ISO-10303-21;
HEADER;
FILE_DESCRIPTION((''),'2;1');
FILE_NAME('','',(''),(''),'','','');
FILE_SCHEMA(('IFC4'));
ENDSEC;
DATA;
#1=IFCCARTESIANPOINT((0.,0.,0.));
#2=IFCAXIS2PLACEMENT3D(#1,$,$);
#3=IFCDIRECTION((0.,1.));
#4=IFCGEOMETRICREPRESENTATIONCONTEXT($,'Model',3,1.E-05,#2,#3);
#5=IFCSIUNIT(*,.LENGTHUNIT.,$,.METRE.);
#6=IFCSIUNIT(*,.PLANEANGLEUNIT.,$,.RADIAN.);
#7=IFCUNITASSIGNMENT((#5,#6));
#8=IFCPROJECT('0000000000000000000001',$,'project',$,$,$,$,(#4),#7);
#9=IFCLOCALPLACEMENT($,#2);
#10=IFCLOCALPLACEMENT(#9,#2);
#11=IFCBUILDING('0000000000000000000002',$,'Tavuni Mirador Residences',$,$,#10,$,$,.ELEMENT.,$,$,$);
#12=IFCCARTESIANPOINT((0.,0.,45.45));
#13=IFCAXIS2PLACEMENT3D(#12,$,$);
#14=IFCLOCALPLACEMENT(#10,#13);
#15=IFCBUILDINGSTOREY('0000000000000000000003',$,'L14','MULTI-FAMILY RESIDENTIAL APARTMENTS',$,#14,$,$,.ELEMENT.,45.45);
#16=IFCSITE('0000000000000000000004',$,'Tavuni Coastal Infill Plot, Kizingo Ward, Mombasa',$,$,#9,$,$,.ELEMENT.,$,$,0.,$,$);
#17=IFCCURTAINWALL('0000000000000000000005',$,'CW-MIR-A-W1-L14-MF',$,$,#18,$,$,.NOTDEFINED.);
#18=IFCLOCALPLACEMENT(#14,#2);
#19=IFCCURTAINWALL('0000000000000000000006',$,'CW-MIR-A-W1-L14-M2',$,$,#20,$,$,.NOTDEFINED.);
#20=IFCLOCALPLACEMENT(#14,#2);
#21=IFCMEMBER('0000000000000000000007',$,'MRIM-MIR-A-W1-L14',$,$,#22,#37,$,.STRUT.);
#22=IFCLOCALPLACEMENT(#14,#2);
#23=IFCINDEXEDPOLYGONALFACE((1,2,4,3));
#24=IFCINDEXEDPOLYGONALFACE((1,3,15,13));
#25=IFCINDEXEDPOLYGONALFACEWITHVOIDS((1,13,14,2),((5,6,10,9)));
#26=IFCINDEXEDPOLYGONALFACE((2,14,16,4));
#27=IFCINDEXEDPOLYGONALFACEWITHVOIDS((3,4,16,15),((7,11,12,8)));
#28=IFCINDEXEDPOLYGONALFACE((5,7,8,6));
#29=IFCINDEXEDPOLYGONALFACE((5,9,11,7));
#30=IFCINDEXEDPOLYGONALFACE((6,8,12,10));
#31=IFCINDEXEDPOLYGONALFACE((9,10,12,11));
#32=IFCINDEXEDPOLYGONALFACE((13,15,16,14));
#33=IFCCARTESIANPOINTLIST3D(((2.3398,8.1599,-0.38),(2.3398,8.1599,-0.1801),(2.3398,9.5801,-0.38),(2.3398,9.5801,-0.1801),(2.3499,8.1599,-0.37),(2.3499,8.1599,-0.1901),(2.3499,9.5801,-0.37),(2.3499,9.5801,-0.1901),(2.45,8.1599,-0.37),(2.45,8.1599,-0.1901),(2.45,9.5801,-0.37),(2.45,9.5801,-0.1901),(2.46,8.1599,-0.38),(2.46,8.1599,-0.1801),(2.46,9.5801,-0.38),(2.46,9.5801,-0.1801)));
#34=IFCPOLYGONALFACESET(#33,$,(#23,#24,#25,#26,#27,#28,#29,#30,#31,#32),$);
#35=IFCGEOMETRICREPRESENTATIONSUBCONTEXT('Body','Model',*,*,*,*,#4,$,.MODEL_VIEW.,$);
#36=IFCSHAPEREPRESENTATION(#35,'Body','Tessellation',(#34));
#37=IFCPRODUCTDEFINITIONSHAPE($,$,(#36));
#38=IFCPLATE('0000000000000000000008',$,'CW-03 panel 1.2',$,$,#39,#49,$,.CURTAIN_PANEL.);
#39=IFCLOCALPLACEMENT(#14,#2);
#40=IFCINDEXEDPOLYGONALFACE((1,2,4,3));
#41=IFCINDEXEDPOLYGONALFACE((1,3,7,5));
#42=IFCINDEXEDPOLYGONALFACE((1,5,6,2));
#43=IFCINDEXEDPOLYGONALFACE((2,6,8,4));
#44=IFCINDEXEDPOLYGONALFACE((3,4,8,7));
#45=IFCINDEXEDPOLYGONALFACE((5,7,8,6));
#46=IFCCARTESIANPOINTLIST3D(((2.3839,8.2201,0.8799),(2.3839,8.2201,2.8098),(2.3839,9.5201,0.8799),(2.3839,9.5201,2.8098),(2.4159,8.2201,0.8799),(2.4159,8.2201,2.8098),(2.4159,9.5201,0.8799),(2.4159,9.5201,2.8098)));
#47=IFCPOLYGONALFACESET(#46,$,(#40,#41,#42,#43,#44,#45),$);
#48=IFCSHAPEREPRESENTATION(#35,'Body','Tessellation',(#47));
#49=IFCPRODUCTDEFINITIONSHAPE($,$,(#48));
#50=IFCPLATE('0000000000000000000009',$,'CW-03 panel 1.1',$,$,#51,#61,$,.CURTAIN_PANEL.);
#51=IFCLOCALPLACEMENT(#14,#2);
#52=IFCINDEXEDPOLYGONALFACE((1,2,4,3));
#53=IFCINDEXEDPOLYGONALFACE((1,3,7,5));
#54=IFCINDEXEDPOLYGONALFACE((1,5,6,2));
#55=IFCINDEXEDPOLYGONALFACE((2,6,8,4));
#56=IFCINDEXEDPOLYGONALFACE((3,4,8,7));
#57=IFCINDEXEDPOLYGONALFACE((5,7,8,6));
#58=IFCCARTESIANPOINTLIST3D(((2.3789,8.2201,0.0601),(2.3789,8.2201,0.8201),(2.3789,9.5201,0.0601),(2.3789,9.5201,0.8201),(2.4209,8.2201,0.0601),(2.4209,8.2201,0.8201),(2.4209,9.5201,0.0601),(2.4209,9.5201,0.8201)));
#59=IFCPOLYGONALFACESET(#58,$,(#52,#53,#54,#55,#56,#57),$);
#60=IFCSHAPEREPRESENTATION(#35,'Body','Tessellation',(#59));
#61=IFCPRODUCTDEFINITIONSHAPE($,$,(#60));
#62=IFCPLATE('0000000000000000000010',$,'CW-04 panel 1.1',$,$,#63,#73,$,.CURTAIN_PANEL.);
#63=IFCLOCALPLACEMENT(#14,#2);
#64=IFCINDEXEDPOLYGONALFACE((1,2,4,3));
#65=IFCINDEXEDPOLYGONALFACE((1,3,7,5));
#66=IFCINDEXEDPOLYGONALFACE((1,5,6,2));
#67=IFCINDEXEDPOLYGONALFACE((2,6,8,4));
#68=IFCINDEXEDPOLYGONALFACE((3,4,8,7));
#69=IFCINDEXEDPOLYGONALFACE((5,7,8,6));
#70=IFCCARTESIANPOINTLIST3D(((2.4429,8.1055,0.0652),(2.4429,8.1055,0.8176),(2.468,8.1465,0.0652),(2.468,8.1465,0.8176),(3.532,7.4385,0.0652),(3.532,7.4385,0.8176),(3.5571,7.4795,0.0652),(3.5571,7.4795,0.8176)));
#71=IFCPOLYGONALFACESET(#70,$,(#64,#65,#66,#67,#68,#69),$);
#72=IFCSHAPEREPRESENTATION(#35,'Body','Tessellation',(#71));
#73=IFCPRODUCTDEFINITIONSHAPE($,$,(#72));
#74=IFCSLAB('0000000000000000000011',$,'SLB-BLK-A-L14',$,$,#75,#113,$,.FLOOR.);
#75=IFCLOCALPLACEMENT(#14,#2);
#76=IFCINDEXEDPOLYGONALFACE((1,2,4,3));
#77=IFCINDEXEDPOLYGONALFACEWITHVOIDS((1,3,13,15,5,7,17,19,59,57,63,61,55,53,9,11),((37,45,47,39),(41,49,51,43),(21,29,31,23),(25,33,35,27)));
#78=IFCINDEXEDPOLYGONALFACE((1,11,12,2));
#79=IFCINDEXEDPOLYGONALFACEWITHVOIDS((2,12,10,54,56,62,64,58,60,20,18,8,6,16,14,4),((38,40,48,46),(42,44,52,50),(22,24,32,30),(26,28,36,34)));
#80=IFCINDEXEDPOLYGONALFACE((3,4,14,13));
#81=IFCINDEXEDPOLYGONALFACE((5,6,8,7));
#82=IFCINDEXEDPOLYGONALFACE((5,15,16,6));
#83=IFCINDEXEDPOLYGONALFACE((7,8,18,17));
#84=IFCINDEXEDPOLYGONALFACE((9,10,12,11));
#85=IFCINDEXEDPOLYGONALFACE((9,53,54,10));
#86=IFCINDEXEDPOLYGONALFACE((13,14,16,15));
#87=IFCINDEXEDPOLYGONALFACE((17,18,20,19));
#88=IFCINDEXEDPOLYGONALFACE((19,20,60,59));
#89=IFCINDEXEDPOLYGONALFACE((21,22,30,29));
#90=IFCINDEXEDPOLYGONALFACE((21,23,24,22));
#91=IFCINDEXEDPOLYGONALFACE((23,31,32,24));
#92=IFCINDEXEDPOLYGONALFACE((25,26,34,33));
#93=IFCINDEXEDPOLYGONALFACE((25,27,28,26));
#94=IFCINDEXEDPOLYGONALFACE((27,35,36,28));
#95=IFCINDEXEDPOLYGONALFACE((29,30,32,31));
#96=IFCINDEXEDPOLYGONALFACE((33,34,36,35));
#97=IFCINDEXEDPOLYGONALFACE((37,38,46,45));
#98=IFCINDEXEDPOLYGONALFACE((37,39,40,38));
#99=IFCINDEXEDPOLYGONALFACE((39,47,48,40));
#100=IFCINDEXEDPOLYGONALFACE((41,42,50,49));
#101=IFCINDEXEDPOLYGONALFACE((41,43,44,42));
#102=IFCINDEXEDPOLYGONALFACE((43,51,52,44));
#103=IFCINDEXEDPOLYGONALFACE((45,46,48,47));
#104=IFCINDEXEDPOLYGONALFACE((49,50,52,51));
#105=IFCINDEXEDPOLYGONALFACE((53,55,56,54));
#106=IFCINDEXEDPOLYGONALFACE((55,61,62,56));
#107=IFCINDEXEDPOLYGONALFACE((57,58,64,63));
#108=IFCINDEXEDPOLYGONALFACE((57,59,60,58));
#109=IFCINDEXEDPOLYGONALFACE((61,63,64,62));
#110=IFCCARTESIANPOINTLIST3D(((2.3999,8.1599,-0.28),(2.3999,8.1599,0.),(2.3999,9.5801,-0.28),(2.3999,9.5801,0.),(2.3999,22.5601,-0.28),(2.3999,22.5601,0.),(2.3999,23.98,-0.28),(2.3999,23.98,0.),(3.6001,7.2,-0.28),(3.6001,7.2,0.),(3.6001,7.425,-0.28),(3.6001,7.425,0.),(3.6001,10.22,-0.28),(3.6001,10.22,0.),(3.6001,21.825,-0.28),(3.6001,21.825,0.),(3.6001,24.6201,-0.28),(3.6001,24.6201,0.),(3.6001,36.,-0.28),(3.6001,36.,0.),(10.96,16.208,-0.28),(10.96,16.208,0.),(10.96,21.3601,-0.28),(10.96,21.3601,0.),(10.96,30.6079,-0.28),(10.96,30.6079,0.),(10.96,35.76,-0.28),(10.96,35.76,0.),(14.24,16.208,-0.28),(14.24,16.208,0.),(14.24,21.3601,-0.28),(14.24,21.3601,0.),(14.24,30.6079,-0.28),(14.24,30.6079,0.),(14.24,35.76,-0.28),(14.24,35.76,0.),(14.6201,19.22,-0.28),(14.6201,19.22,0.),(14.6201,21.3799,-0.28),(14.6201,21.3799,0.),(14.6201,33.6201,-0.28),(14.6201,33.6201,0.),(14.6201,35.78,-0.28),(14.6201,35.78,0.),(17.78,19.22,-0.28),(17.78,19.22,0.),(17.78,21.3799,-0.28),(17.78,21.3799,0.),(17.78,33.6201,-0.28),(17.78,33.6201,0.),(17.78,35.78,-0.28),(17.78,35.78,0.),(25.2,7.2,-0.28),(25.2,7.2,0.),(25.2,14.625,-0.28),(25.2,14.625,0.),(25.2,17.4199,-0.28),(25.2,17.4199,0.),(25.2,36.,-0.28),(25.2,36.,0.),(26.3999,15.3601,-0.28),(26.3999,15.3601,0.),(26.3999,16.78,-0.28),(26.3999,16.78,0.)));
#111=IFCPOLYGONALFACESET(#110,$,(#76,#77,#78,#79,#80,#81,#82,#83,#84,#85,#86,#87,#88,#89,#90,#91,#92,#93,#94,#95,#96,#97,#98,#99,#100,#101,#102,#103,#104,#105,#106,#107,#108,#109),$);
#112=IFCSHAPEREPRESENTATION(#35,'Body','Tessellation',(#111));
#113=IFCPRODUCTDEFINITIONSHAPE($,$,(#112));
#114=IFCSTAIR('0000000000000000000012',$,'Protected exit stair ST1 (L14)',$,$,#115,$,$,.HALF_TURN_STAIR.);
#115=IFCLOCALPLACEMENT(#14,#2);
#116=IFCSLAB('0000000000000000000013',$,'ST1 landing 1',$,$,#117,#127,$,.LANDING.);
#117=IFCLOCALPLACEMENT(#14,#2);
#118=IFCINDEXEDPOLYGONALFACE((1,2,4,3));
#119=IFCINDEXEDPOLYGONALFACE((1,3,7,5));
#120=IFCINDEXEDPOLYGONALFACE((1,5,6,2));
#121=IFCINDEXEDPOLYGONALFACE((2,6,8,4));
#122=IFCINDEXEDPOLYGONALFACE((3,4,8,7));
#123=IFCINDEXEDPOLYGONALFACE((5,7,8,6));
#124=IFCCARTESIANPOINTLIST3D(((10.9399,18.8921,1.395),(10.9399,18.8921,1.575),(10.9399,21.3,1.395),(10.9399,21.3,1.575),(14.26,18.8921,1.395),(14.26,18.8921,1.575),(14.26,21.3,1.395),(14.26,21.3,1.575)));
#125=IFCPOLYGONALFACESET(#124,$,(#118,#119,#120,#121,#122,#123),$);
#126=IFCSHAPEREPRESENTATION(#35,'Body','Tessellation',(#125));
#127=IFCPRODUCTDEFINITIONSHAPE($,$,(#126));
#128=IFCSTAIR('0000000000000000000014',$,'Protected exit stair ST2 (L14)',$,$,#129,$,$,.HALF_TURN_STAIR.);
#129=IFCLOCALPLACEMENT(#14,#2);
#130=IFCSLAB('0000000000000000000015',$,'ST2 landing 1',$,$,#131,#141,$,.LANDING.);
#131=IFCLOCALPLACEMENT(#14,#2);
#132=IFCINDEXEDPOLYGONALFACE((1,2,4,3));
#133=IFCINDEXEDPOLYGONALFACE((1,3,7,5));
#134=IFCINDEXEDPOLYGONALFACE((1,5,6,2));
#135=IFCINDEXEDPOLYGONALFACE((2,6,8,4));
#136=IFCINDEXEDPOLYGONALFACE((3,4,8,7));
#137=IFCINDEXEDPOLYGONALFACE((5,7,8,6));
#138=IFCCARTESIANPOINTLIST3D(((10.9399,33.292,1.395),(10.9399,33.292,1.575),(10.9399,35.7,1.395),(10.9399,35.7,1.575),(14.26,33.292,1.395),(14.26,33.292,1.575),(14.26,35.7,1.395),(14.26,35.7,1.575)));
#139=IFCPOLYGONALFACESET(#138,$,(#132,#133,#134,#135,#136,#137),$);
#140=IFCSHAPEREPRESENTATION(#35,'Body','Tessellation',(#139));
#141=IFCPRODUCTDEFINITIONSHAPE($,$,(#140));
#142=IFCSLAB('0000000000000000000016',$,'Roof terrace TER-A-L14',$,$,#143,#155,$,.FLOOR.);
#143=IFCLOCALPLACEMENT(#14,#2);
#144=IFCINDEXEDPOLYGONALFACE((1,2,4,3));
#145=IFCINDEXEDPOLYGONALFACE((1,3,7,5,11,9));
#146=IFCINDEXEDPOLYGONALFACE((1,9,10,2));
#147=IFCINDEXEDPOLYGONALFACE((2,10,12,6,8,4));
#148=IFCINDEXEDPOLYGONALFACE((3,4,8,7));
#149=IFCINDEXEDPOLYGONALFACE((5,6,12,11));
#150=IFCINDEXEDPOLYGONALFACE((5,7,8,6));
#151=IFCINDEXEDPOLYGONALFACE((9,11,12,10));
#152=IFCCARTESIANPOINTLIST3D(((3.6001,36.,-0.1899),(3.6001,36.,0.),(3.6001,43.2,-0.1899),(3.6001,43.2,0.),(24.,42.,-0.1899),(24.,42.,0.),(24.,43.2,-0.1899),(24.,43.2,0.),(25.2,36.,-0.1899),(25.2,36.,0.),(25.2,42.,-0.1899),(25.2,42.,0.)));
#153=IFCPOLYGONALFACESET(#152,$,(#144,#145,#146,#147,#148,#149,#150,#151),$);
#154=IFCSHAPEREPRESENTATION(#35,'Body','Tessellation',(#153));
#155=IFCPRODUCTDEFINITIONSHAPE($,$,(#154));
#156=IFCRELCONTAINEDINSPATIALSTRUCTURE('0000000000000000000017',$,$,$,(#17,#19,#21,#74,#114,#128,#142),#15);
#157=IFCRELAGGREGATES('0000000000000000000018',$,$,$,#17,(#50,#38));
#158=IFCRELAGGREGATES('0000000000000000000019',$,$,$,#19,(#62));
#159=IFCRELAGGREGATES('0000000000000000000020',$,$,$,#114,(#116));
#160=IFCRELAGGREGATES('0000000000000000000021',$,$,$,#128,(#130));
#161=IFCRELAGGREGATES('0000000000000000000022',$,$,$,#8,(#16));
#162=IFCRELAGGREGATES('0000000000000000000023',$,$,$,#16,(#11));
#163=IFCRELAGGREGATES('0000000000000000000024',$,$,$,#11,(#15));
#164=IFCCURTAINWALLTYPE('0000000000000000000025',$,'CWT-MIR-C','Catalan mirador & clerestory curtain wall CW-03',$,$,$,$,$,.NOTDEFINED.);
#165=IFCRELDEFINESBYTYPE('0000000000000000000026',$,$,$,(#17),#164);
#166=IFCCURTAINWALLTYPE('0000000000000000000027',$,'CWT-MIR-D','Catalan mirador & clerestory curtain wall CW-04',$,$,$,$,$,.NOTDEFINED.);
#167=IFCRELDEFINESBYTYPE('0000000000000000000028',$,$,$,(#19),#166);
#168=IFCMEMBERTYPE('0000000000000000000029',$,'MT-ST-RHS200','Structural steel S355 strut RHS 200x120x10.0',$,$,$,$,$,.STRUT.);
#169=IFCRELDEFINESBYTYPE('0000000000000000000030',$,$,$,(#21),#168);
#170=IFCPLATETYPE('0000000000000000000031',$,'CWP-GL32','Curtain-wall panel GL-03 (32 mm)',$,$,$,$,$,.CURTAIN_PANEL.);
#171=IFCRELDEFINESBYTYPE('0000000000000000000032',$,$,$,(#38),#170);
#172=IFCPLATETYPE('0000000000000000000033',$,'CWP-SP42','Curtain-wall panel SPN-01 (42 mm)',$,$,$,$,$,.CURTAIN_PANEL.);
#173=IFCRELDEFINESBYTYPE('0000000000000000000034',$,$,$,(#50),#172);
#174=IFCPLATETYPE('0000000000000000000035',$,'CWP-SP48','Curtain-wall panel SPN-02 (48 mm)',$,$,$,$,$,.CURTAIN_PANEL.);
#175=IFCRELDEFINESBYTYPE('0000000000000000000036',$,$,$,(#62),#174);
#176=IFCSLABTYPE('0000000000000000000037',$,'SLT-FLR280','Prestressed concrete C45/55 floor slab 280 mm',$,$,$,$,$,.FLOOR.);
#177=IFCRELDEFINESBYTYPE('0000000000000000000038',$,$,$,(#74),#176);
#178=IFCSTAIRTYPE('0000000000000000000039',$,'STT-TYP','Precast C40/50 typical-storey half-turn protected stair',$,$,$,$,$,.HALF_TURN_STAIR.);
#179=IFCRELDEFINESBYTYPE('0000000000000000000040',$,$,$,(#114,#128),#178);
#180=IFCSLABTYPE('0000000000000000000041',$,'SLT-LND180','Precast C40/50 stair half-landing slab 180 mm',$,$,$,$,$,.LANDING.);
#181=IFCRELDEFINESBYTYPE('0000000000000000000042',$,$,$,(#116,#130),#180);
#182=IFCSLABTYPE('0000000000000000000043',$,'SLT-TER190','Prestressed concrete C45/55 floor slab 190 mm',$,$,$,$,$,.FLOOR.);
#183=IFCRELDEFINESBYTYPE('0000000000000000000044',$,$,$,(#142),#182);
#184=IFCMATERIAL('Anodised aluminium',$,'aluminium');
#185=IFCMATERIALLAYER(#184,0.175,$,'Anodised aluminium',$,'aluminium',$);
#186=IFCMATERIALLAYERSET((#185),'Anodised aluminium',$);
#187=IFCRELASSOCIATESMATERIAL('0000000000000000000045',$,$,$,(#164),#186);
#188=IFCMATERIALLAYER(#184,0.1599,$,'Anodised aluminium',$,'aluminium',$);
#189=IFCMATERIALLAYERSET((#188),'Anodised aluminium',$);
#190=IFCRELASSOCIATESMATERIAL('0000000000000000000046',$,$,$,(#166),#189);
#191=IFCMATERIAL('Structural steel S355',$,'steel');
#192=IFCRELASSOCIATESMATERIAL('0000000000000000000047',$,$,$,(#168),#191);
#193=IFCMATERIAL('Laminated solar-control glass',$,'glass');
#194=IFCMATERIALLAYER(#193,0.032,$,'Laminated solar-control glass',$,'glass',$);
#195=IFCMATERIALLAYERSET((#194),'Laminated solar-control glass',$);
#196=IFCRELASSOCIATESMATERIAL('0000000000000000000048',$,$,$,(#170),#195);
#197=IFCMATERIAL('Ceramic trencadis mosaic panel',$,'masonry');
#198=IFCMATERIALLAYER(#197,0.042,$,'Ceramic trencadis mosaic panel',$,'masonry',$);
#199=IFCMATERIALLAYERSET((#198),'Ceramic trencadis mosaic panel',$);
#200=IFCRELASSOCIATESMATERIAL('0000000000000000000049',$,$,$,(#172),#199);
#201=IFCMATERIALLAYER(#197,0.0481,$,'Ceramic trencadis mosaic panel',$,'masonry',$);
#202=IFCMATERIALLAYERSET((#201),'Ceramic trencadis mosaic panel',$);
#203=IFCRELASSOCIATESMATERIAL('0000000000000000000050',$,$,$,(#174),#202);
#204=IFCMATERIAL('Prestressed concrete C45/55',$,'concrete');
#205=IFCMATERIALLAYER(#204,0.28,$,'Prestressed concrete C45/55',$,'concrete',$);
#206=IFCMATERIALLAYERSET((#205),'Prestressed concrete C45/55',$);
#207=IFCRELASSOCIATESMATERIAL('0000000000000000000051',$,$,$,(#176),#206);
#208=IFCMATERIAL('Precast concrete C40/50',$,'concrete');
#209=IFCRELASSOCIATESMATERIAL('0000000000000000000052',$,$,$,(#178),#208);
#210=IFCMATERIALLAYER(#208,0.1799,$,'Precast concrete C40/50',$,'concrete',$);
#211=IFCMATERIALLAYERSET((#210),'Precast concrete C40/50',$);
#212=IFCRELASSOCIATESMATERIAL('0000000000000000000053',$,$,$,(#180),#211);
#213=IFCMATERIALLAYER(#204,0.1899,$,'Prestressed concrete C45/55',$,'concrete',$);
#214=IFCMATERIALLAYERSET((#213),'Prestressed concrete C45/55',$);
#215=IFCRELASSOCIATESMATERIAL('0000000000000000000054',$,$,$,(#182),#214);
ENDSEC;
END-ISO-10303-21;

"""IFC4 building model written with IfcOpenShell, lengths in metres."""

from ifc_helpers import new_model, si_unit, direction, frame, origin, origin_2d, place, context, subcontext, project, spatial, polyline, rectangle, hollow_rectangle, outline, extrude, material, layer, layer_set, material_profile, profile_set, type_object, element, aggregate, save


model = new_model("IFC4")

# Units and contexts
model_context = context("Model", 3, precision=1e-05, world=origin(), true_north=direction((0.0, 1.0)))
body_context = subcontext(model_context, "Body", "Model", "MODEL_VIEW")
ifc_project = project(units=[si_unit("LENGTHUNIT", "METRE"), si_unit("PLANEANGLEUNIT", "RADIAN")], contexts=[model_context])

# Site, building, storey
site_placement = place(None, origin())
site = spatial("IfcSite", under=ifc_project, at=site_placement, Name="Tavuni Coastal Infill Plot, Kizingo Ward, Mombasa", CompositionType="ELEMENT", RefElevation=0.0)
building_placement = place(site_placement, origin())
building = spatial("IfcBuilding", under=site, at=building_placement, Name="Tavuni Mirador Residences", CompositionType="ELEMENT")
storey_placement = place(building_placement, frame((0.0, 0.0, 45.45)))
storey = spatial("IfcBuildingStorey", under=building, at=storey_placement, Name="L14", Description="MULTI-FAMILY RESIDENTIAL APARTMENTS", CompositionType="ELEMENT", Elevation=45.45)

# Curtain wall
ifc_material_1 = material(Name="Anodised aluminium", Category="aluminium")
ifc_layer_1 = layer(ifc_material_1, 0.175, Name="Anodised aluminium", Category="aluminium")
ifc_layer_set_1 = layer_set([ifc_layer_1], Name="Anodised aluminium")
curtain_wall_type_1 = type_object("IfcCurtainWallType", Name="CWT-MIR-C", Description="Catalan mirador & clerestory curtain wall CW-03", PredefinedType="NOTDEFINED", material=ifc_layer_set_1)
curtain_wall_1_placement = place(storey_placement, origin())
curtain_wall_1 = element("IfcCurtainWall", 1, at=curtain_wall_1_placement, inside=storey, type_object=curtain_wall_type_1, Name="CW-MIR-A-W1-L14-MF", PredefinedType="NOTDEFINED")

# Curtain wall
ifc_layer_2 = layer(ifc_material_1, 0.1599, Name="Anodised aluminium", Category="aluminium")
ifc_layer_set_2 = layer_set([ifc_layer_2], Name="Anodised aluminium")
curtain_wall_type_2 = type_object("IfcCurtainWallType", Name="CWT-MIR-D", Description="Catalan mirador & clerestory curtain wall CW-04", PredefinedType="NOTDEFINED", material=ifc_layer_set_2)
curtain_wall_2_placement = place(storey_placement, origin())
curtain_wall_2 = element("IfcCurtainWall", 2, at=curtain_wall_2_placement, inside=storey, type_object=curtain_wall_type_2, Name="CW-MIR-A-W1-L14-M2", PredefinedType="NOTDEFINED")

# Member
ifc_material_2 = material(Name="Structural steel S355", Category="steel")
ifc_material_profile_1 = material_profile(ifc_material_2, hollow_rectangle(XDim=0.1201, YDim=0.2, WallThickness=0.01, at=origin_2d()), Name="RHS 200x120x10.0", Category="steel")
ifc_profile_set_1 = profile_set([ifc_material_profile_1], Name="Structural steel S355")
member_type_1 = type_object("IfcMemberType", Name="MT-ST-RHS200", Description="Structural steel S355 strut RHS 200x120x10.0", PredefinedType="STRUT", material=ifc_profile_set_1)
member_1_placement = place(storey_placement, frame((2.3999, 8.1599, -0.28), z_axis=(0.0, 1.0, 0.0), x_axis=(-1.0, 0.0, 0.0)))
element("IfcMember", 3, at=member_1_placement, inside=storey, type_object=member_type_1, Name="MRIM-MIR-A-W1-L14", PredefinedType="STRUT", context=body_context, shape_type="SweptSolid", body=[
    extrude(hollow_rectangle(XDim=0.1201, YDim=0.2, WallThickness=0.01, at=origin_2d()), origin(), (0.0, 0.0, 1.0), 1.4202),
])

# Plates
ifc_material_3 = material(Name="Laminated solar-control glass", Category="glass")
ifc_layer_3 = layer(ifc_material_3, 0.032, Name="Laminated solar-control glass", Category="glass")
ifc_layer_set_3 = layer_set([ifc_layer_3], Name="Laminated solar-control glass")
plate_type_1 = type_object("IfcPlateType", Name="CWP-GL32", Description="Curtain-wall panel GL-03 (32 mm)", PredefinedType="CURTAIN_PANEL", material=ifc_layer_set_3)
plate_1_placement = place(storey_placement, frame((2.3999, 8.8701, 0.8799), z_axis=(0.0, 0.0, 1.0), x_axis=(0.0, -1.0, 0.0)))
plate_1 = element("IfcPlate", 4, at=plate_1_placement, type_object=plate_type_1, Name="CW-03 panel 1.2", PredefinedType="CURTAIN_PANEL", context=body_context, shape_type="SweptSolid", body=[
    extrude(rectangle(XDim=1.3, YDim=0.032, at=origin_2d()), origin(), (0.0, 0.0, 1.0), 1.9299),
])
ifc_material_4 = material(Name="Ceramic trencadis mosaic panel", Category="masonry")
ifc_layer_4 = layer(ifc_material_4, 0.042, Name="Ceramic trencadis mosaic panel", Category="masonry")
ifc_layer_set_4 = layer_set([ifc_layer_4], Name="Ceramic trencadis mosaic panel")
plate_type_2 = type_object("IfcPlateType", Name="CWP-SP42", Description="Curtain-wall panel SPN-01 (42 mm)", PredefinedType="CURTAIN_PANEL", material=ifc_layer_set_4)
plate_2_placement = place(storey_placement, frame((2.3999, 8.8701, 0.0601), z_axis=(0.0, 0.0, 1.0), x_axis=(0.0, -1.0, 0.0)))
plate_2 = element("IfcPlate", 5, at=plate_2_placement, type_object=plate_type_2, Name="CW-03 panel 1.1", PredefinedType="CURTAIN_PANEL", context=body_context, shape_type="SweptSolid", body=[
    extrude(rectangle(XDim=1.3, YDim=0.042, at=origin_2d()), origin(), (0.0, 0.0, 1.0), 0.76),
])
aggregate(curtain_wall_1, [plate_2, plate_1])
ifc_layer_5 = layer(ifc_material_4, 0.0481, Name="Ceramic trencadis mosaic panel", Category="masonry")
ifc_layer_set_5 = layer_set([ifc_layer_5], Name="Ceramic trencadis mosaic panel")
plate_type_3 = type_object("IfcPlateType", Name="CWP-SP48", Description="Curtain-wall panel SPN-02 (48 mm)", PredefinedType="CURTAIN_PANEL", material=ifc_layer_set_5)
plate_3_placement = place(storey_placement, frame((3.0, 7.7925, 0.0652), z_axis=(0.0, 0.0, 1.0), x_axis=(0.852754, -0.522312, 0.0)))
plate_3 = element("IfcPlate", 6, at=plate_3_placement, type_object=plate_type_3, Name="CW-04 panel 1.1", PredefinedType="CURTAIN_PANEL", context=body_context, shape_type="SweptSolid", body=[
    extrude(rectangle(XDim=1.2771, YDim=0.0481, at=origin_2d()), origin(), (0.0, 0.0, 1.0), 0.7524),
])
aggregate(curtain_wall_2, [plate_3])

# Slab
ifc_material_5 = material(Name="Prestressed concrete C45/55", Category="concrete")
ifc_layer_6 = layer(ifc_material_5, 0.28, Name="Prestressed concrete C45/55", Category="concrete")
ifc_layer_set_6 = layer_set([ifc_layer_6], Name="Prestressed concrete C45/55")
slab_type_1 = type_object("IfcSlabType", Name="SLT-FLR280", Description="Prestressed concrete C45/55 floor slab 280 mm", PredefinedType="FLOOR", material=ifc_layer_set_6)
slab_1_placement = place(storey_placement, frame((0.0, 0.0, -0.28)))
element("IfcSlab", 7, at=slab_1_placement, inside=storey, type_object=slab_type_1, Name="SLB-BLK-A-L14", PredefinedType="FLOOR", context=body_context, shape_type="SweptSolid", body=[
    extrude(outline(polyline([(3.6001, 7.2), (25.2, 7.2), (25.2, 14.625), (26.3999, 15.3601), (26.3999, 16.78), (25.2, 17.4199), (25.2, 36.0), (3.6001, 36.0), (3.6001, 24.6201), (2.3999, 23.98), (2.3999, 22.5601), (3.6001, 21.825), (3.6001, 10.22), (2.3999, 9.5801), (2.3999, 8.1599), (3.6001, 7.425), (3.6001, 7.2)]), holes=[polyline([(10.96, 16.208), (14.24, 16.208), (14.24, 21.3601), (10.96, 21.3601), (10.96, 16.208)]), polyline([(14.6201, 19.22), (17.78, 19.22), (17.78, 21.3799), (14.6201, 21.3799), (14.6201, 19.22)]), polyline([(10.96, 30.6079), (14.24, 30.6079), (14.24, 35.76), (10.96, 35.76), (10.96, 30.6079)]), polyline([(14.6201, 33.6201), (17.78, 33.6201), (17.78, 35.78), (14.6201, 35.78), (14.6201, 33.6201)])]), origin(), (0.0, 0.0, 1.0), 0.28),
])

# Stairs, slabs
ifc_material_6 = material(Name="Precast concrete C40/50", Category="concrete")
stair_type = type_object("IfcStairType", Name="STT-TYP", Description="Precast C40/50 typical-storey half-turn protected stair", PredefinedType="HALF_TURN_STAIR", material=ifc_material_6)
stair_1_placement = place(storey_placement, origin())
stair_1 = element("IfcStair", 8, at=stair_1_placement, inside=storey, type_object=stair_type, Name="Protected exit stair ST1 (L14)", PredefinedType="HALF_TURN_STAIR")
ifc_layer_7 = layer(ifc_material_6, 0.1799, Name="Precast concrete C40/50", Category="concrete")
ifc_layer_set_7 = layer_set([ifc_layer_7], Name="Precast concrete C40/50")
slab_type_2 = type_object("IfcSlabType", Name="SLT-LND180", Description="Precast C40/50 stair half-landing slab 180 mm", PredefinedType="LANDING", material=ifc_layer_set_7)
slab_2_placement = place(storey_placement, frame((0.0, 0.0, 1.395)))
slab_2 = element("IfcSlab", 9, at=slab_2_placement, type_object=slab_type_2, Name="ST1 landing 1", PredefinedType="LANDING", context=body_context, shape_type="SweptSolid", body=[
    extrude(outline(polyline([(10.9399, 18.8921), (14.26, 18.8921), (14.26, 21.3), (10.9399, 21.3), (10.9399, 18.8921)])), origin(), (0.0, 0.0, 1.0), 0.1799),
])
aggregate(stair_1, [slab_2])
stair_2_placement = place(storey_placement, origin())
stair_2 = element("IfcStair", 10, at=stair_2_placement, inside=storey, type_object=stair_type, Name="Protected exit stair ST2 (L14)", PredefinedType="HALF_TURN_STAIR")
slab_3_placement = place(storey_placement, frame((0.0, 0.0, 1.395)))
slab_3 = element("IfcSlab", 11, at=slab_3_placement, type_object=slab_type_2, Name="ST2 landing 1", PredefinedType="LANDING", context=body_context, shape_type="SweptSolid", body=[
    extrude(outline(polyline([(10.9399, 33.292), (14.26, 33.292), (14.26, 35.7), (10.9399, 35.7), (10.9399, 33.292)])), origin(), (0.0, 0.0, 1.0), 0.1799),
])
aggregate(stair_2, [slab_3])

# Slab
ifc_layer_8 = layer(ifc_material_5, 0.1899, Name="Prestressed concrete C45/55", Category="concrete")
ifc_layer_set_8 = layer_set([ifc_layer_8], Name="Prestressed concrete C45/55")
slab_type_3 = type_object("IfcSlabType", Name="SLT-TER190", Description="Prestressed concrete C45/55 floor slab 190 mm", PredefinedType="FLOOR", material=ifc_layer_set_8)
slab_4_placement = place(storey_placement, frame((0.0, 0.0, -0.1899)))
element("IfcSlab", 12, at=slab_4_placement, inside=storey, type_object=slab_type_3, Name="Roof terrace TER-A-L14", PredefinedType="FLOOR", context=body_context, shape_type="SweptSolid", body=[
    extrude(outline(polyline([(3.6001, 36.0), (25.2, 36.0), (25.2, 42.0), (24.0, 42.0), (24.0, 43.2), (3.6001, 43.2), (3.6001, 36.0)])), origin(), (0.0, 0.0, 1.0), 0.1899),
])

save(model, "model.ifc")
